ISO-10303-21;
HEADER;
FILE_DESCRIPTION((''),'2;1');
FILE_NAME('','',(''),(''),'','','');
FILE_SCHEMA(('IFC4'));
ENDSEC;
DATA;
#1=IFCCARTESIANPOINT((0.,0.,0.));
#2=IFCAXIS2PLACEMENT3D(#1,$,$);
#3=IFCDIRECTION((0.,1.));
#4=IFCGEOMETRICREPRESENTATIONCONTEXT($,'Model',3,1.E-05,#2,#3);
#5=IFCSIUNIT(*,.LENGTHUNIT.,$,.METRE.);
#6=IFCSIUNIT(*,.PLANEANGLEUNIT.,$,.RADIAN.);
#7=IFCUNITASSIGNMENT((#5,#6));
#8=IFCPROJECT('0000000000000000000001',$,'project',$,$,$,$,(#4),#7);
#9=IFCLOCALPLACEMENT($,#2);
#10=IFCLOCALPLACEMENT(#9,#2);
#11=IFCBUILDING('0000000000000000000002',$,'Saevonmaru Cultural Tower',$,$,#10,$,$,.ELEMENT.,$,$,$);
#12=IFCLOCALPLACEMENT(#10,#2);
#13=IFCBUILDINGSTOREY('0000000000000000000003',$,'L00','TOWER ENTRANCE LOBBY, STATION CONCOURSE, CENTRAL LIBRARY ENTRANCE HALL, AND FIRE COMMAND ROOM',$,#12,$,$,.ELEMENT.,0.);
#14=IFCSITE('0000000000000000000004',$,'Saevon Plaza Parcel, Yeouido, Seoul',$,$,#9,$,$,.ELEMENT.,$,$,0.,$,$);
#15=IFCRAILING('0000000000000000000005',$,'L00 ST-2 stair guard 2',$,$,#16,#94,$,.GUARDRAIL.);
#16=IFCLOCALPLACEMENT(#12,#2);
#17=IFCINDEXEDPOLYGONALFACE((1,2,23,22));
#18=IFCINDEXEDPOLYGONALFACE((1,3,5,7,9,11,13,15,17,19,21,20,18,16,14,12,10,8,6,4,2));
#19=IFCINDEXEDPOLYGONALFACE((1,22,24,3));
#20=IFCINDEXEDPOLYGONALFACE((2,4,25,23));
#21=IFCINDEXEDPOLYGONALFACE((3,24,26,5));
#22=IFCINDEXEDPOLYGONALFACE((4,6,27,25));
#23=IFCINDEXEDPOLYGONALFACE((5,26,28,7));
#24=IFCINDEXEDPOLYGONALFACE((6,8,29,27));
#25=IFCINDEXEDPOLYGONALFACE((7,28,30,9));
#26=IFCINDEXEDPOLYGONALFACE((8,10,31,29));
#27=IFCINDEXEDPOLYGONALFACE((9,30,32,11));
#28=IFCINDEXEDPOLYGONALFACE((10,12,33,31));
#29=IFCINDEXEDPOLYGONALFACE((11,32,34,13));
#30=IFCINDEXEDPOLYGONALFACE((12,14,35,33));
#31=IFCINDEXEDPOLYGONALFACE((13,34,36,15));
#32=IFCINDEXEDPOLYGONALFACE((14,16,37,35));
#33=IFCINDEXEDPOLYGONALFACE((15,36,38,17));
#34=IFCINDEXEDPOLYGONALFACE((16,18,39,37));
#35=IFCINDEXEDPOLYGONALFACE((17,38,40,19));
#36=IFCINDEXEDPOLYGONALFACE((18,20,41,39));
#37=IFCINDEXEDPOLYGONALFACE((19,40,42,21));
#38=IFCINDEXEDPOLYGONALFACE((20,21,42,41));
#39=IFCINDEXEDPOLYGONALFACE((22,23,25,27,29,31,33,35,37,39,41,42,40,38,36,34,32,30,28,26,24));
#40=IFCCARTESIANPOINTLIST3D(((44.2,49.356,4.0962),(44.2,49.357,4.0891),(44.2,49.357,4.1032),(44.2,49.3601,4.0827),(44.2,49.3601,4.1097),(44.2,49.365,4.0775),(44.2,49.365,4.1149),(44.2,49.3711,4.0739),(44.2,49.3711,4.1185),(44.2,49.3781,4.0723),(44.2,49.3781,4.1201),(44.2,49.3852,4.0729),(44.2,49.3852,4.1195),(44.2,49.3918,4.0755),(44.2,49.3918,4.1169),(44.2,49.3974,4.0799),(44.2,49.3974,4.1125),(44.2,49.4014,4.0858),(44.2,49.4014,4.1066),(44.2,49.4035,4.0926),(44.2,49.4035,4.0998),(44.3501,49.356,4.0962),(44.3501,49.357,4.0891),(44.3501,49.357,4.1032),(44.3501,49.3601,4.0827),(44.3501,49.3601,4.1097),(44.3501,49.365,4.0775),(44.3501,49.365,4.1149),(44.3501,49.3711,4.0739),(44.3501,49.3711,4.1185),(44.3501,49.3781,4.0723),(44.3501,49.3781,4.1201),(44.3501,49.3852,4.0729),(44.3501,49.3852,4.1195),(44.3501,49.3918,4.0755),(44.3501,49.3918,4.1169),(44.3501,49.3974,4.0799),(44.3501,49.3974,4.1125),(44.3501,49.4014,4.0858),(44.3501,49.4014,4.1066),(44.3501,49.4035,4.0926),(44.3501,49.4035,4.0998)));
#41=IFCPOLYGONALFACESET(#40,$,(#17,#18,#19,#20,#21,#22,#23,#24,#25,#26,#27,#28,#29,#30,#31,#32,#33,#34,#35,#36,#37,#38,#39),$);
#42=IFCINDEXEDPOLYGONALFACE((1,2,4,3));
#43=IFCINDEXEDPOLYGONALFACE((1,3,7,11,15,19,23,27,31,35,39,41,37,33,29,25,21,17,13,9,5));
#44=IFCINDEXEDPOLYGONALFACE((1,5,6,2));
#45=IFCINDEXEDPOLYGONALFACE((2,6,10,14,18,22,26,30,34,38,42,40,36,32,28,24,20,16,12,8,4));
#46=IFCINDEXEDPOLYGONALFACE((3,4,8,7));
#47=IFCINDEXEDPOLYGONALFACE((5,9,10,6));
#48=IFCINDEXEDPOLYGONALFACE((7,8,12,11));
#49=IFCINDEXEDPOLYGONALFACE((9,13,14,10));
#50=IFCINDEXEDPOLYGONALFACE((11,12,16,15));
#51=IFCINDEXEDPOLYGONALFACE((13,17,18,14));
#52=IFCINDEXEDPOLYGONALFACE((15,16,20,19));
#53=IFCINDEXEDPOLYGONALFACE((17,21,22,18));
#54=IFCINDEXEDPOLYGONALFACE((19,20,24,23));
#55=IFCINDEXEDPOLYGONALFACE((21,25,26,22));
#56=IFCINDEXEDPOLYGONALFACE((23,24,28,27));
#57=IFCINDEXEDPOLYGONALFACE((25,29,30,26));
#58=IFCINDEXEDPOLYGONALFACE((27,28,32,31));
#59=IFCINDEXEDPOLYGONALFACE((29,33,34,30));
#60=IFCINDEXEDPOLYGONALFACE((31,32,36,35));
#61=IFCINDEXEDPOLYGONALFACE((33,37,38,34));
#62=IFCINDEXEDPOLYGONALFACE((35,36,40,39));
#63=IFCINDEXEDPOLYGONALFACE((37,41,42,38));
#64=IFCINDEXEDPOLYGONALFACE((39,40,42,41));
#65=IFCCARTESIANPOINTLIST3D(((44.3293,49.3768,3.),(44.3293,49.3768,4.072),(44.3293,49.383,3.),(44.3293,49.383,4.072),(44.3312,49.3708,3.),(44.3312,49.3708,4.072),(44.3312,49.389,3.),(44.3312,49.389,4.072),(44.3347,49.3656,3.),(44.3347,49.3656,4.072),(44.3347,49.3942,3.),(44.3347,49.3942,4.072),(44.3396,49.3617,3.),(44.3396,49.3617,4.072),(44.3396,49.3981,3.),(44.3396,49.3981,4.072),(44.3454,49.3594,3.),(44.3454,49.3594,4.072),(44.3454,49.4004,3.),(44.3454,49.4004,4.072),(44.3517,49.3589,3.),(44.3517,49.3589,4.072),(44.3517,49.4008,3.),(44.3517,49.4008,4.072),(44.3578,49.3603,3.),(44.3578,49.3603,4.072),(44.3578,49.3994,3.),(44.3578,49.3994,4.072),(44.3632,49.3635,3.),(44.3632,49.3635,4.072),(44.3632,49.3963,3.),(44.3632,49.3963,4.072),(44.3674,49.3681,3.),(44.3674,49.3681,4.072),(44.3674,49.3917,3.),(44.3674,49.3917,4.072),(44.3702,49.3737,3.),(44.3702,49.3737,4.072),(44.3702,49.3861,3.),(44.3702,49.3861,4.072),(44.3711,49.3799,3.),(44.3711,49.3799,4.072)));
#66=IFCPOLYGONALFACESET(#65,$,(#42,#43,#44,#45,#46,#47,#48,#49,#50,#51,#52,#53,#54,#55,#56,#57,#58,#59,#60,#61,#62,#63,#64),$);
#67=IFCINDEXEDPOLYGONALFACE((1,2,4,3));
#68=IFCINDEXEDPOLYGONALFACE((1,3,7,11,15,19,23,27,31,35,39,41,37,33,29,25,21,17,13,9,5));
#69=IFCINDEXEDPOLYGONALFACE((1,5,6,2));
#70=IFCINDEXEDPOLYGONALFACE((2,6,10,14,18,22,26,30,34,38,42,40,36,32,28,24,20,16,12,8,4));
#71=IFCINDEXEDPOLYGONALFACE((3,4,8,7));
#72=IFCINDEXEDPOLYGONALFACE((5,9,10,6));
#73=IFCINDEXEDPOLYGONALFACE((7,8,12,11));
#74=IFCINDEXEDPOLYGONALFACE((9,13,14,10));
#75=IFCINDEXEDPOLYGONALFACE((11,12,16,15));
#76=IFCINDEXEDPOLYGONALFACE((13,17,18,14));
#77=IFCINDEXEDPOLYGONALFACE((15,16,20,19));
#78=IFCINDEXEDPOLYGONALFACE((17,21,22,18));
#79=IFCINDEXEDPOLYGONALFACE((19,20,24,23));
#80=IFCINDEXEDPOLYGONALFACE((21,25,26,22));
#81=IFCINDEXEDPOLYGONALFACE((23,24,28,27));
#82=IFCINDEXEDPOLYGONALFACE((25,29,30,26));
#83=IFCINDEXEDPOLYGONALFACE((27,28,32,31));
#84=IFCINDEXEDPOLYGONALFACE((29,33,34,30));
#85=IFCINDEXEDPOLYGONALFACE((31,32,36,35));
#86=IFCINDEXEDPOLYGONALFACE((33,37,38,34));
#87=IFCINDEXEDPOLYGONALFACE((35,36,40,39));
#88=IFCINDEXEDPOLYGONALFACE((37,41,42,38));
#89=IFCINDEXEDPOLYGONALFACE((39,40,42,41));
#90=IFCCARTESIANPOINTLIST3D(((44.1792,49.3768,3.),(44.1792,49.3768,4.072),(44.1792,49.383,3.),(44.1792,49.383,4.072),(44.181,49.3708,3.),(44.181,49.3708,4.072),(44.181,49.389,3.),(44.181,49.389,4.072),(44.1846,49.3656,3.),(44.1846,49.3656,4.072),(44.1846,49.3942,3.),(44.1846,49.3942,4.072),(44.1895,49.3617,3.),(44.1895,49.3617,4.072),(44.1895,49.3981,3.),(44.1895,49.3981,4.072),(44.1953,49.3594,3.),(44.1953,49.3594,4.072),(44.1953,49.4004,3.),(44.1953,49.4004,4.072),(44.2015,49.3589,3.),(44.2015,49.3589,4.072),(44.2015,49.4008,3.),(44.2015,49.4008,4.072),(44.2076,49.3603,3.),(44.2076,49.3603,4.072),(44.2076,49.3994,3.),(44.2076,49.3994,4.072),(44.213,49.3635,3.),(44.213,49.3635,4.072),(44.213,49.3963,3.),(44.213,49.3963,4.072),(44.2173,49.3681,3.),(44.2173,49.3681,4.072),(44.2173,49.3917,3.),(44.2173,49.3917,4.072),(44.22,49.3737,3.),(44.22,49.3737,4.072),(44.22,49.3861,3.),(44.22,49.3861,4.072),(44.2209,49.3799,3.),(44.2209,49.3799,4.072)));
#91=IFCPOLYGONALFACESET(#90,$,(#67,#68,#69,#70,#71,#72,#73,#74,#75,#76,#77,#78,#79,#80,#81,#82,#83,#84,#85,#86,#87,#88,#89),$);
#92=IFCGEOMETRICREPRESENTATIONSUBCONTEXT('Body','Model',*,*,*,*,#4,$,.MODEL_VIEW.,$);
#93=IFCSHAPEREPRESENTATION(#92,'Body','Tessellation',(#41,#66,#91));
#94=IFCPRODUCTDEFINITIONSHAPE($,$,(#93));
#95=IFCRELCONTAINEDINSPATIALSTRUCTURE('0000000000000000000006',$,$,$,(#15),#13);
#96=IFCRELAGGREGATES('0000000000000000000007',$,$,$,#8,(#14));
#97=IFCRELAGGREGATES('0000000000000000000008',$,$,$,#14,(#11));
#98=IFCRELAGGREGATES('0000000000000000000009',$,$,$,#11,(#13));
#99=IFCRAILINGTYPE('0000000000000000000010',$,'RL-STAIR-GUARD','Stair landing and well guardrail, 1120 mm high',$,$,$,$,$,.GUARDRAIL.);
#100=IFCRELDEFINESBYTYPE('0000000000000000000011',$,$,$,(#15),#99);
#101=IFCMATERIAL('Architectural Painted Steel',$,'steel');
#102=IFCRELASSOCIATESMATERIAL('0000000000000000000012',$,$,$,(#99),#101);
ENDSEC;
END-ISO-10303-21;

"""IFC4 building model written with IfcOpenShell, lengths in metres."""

from ifc_helpers import new_model, si_unit, direction, frame, origin, origin_2d, place, context, subcontext, project, spatial, circle, extrude, material, type_object, element, save


model = new_model("IFC4")

# Units and contexts
model_context = context("Model", 3, precision=1e-05, world=origin(), true_north=direction((0.0, 1.0)))
body_context = subcontext(model_context, "Body", "Model", "MODEL_VIEW")
ifc_project = project(units=[si_unit("LENGTHUNIT", "METRE"), si_unit("PLANEANGLEUNIT", "RADIAN")], contexts=[model_context])

# Site, building, storey
site_placement = place(None, origin())
site = spatial("IfcSite", under=ifc_project, at=site_placement, Name="Saevon Plaza Parcel, Yeouido, Seoul", CompositionType="ELEMENT", RefElevation=0.0)
building_placement = place(site_placement, origin())
building = spatial("IfcBuilding", under=site, at=building_placement, Name="Saevonmaru Cultural Tower", CompositionType="ELEMENT")
storey_placement = place(building_placement, origin())
storey = spatial("IfcBuildingStorey", under=building, at=storey_placement, Name="L00", Description="TOWER ENTRANCE LOBBY, STATION CONCOURSE, CENTRAL LIBRARY ENTRANCE HALL, AND FIRE COMMAND ROOM", CompositionType="ELEMENT", Elevation=0.0)

# Railing
ifc_material_1 = material(Name="Architectural Painted Steel", Category="steel")
railing_type_1 = type_object("IfcRailingType", Name="RL-STAIR-GUARD", Description="Stair landing and well guardrail, 1120 mm high", PredefinedType="GUARDRAIL", material=ifc_material_1)
railing_1_placement = place(storey_placement, frame((44.3501, 49.3799, 3.0)))
element("IfcRailing", 1, at=railing_1_placement, inside=storey, type_object=railing_type_1, Name="L00 ST-2 stair guard 2", PredefinedType="GUARDRAIL", context=body_context, shape_type="SweptSolid", body=[
    extrude(circle(Radius=0.0239, at=origin_2d()), frame((0.0, 0.0, 1.0962), z_axis=(-1.0, 0.0, 0.0), x_axis=(0.0, -1.0, 0.0)), (0.0, 0.0, 1.0), 0.1501),
    extrude(circle(Radius=0.021, at=origin_2d()), origin(), (0.0, 0.0, 1.0), 1.072),
    extrude(circle(Radius=0.021, at=origin_2d()), frame((-0.1501, 0.0, 0.0)), (0.0, 0.0, 1.0), 1.072),
])

save(model, "model.ifc")
